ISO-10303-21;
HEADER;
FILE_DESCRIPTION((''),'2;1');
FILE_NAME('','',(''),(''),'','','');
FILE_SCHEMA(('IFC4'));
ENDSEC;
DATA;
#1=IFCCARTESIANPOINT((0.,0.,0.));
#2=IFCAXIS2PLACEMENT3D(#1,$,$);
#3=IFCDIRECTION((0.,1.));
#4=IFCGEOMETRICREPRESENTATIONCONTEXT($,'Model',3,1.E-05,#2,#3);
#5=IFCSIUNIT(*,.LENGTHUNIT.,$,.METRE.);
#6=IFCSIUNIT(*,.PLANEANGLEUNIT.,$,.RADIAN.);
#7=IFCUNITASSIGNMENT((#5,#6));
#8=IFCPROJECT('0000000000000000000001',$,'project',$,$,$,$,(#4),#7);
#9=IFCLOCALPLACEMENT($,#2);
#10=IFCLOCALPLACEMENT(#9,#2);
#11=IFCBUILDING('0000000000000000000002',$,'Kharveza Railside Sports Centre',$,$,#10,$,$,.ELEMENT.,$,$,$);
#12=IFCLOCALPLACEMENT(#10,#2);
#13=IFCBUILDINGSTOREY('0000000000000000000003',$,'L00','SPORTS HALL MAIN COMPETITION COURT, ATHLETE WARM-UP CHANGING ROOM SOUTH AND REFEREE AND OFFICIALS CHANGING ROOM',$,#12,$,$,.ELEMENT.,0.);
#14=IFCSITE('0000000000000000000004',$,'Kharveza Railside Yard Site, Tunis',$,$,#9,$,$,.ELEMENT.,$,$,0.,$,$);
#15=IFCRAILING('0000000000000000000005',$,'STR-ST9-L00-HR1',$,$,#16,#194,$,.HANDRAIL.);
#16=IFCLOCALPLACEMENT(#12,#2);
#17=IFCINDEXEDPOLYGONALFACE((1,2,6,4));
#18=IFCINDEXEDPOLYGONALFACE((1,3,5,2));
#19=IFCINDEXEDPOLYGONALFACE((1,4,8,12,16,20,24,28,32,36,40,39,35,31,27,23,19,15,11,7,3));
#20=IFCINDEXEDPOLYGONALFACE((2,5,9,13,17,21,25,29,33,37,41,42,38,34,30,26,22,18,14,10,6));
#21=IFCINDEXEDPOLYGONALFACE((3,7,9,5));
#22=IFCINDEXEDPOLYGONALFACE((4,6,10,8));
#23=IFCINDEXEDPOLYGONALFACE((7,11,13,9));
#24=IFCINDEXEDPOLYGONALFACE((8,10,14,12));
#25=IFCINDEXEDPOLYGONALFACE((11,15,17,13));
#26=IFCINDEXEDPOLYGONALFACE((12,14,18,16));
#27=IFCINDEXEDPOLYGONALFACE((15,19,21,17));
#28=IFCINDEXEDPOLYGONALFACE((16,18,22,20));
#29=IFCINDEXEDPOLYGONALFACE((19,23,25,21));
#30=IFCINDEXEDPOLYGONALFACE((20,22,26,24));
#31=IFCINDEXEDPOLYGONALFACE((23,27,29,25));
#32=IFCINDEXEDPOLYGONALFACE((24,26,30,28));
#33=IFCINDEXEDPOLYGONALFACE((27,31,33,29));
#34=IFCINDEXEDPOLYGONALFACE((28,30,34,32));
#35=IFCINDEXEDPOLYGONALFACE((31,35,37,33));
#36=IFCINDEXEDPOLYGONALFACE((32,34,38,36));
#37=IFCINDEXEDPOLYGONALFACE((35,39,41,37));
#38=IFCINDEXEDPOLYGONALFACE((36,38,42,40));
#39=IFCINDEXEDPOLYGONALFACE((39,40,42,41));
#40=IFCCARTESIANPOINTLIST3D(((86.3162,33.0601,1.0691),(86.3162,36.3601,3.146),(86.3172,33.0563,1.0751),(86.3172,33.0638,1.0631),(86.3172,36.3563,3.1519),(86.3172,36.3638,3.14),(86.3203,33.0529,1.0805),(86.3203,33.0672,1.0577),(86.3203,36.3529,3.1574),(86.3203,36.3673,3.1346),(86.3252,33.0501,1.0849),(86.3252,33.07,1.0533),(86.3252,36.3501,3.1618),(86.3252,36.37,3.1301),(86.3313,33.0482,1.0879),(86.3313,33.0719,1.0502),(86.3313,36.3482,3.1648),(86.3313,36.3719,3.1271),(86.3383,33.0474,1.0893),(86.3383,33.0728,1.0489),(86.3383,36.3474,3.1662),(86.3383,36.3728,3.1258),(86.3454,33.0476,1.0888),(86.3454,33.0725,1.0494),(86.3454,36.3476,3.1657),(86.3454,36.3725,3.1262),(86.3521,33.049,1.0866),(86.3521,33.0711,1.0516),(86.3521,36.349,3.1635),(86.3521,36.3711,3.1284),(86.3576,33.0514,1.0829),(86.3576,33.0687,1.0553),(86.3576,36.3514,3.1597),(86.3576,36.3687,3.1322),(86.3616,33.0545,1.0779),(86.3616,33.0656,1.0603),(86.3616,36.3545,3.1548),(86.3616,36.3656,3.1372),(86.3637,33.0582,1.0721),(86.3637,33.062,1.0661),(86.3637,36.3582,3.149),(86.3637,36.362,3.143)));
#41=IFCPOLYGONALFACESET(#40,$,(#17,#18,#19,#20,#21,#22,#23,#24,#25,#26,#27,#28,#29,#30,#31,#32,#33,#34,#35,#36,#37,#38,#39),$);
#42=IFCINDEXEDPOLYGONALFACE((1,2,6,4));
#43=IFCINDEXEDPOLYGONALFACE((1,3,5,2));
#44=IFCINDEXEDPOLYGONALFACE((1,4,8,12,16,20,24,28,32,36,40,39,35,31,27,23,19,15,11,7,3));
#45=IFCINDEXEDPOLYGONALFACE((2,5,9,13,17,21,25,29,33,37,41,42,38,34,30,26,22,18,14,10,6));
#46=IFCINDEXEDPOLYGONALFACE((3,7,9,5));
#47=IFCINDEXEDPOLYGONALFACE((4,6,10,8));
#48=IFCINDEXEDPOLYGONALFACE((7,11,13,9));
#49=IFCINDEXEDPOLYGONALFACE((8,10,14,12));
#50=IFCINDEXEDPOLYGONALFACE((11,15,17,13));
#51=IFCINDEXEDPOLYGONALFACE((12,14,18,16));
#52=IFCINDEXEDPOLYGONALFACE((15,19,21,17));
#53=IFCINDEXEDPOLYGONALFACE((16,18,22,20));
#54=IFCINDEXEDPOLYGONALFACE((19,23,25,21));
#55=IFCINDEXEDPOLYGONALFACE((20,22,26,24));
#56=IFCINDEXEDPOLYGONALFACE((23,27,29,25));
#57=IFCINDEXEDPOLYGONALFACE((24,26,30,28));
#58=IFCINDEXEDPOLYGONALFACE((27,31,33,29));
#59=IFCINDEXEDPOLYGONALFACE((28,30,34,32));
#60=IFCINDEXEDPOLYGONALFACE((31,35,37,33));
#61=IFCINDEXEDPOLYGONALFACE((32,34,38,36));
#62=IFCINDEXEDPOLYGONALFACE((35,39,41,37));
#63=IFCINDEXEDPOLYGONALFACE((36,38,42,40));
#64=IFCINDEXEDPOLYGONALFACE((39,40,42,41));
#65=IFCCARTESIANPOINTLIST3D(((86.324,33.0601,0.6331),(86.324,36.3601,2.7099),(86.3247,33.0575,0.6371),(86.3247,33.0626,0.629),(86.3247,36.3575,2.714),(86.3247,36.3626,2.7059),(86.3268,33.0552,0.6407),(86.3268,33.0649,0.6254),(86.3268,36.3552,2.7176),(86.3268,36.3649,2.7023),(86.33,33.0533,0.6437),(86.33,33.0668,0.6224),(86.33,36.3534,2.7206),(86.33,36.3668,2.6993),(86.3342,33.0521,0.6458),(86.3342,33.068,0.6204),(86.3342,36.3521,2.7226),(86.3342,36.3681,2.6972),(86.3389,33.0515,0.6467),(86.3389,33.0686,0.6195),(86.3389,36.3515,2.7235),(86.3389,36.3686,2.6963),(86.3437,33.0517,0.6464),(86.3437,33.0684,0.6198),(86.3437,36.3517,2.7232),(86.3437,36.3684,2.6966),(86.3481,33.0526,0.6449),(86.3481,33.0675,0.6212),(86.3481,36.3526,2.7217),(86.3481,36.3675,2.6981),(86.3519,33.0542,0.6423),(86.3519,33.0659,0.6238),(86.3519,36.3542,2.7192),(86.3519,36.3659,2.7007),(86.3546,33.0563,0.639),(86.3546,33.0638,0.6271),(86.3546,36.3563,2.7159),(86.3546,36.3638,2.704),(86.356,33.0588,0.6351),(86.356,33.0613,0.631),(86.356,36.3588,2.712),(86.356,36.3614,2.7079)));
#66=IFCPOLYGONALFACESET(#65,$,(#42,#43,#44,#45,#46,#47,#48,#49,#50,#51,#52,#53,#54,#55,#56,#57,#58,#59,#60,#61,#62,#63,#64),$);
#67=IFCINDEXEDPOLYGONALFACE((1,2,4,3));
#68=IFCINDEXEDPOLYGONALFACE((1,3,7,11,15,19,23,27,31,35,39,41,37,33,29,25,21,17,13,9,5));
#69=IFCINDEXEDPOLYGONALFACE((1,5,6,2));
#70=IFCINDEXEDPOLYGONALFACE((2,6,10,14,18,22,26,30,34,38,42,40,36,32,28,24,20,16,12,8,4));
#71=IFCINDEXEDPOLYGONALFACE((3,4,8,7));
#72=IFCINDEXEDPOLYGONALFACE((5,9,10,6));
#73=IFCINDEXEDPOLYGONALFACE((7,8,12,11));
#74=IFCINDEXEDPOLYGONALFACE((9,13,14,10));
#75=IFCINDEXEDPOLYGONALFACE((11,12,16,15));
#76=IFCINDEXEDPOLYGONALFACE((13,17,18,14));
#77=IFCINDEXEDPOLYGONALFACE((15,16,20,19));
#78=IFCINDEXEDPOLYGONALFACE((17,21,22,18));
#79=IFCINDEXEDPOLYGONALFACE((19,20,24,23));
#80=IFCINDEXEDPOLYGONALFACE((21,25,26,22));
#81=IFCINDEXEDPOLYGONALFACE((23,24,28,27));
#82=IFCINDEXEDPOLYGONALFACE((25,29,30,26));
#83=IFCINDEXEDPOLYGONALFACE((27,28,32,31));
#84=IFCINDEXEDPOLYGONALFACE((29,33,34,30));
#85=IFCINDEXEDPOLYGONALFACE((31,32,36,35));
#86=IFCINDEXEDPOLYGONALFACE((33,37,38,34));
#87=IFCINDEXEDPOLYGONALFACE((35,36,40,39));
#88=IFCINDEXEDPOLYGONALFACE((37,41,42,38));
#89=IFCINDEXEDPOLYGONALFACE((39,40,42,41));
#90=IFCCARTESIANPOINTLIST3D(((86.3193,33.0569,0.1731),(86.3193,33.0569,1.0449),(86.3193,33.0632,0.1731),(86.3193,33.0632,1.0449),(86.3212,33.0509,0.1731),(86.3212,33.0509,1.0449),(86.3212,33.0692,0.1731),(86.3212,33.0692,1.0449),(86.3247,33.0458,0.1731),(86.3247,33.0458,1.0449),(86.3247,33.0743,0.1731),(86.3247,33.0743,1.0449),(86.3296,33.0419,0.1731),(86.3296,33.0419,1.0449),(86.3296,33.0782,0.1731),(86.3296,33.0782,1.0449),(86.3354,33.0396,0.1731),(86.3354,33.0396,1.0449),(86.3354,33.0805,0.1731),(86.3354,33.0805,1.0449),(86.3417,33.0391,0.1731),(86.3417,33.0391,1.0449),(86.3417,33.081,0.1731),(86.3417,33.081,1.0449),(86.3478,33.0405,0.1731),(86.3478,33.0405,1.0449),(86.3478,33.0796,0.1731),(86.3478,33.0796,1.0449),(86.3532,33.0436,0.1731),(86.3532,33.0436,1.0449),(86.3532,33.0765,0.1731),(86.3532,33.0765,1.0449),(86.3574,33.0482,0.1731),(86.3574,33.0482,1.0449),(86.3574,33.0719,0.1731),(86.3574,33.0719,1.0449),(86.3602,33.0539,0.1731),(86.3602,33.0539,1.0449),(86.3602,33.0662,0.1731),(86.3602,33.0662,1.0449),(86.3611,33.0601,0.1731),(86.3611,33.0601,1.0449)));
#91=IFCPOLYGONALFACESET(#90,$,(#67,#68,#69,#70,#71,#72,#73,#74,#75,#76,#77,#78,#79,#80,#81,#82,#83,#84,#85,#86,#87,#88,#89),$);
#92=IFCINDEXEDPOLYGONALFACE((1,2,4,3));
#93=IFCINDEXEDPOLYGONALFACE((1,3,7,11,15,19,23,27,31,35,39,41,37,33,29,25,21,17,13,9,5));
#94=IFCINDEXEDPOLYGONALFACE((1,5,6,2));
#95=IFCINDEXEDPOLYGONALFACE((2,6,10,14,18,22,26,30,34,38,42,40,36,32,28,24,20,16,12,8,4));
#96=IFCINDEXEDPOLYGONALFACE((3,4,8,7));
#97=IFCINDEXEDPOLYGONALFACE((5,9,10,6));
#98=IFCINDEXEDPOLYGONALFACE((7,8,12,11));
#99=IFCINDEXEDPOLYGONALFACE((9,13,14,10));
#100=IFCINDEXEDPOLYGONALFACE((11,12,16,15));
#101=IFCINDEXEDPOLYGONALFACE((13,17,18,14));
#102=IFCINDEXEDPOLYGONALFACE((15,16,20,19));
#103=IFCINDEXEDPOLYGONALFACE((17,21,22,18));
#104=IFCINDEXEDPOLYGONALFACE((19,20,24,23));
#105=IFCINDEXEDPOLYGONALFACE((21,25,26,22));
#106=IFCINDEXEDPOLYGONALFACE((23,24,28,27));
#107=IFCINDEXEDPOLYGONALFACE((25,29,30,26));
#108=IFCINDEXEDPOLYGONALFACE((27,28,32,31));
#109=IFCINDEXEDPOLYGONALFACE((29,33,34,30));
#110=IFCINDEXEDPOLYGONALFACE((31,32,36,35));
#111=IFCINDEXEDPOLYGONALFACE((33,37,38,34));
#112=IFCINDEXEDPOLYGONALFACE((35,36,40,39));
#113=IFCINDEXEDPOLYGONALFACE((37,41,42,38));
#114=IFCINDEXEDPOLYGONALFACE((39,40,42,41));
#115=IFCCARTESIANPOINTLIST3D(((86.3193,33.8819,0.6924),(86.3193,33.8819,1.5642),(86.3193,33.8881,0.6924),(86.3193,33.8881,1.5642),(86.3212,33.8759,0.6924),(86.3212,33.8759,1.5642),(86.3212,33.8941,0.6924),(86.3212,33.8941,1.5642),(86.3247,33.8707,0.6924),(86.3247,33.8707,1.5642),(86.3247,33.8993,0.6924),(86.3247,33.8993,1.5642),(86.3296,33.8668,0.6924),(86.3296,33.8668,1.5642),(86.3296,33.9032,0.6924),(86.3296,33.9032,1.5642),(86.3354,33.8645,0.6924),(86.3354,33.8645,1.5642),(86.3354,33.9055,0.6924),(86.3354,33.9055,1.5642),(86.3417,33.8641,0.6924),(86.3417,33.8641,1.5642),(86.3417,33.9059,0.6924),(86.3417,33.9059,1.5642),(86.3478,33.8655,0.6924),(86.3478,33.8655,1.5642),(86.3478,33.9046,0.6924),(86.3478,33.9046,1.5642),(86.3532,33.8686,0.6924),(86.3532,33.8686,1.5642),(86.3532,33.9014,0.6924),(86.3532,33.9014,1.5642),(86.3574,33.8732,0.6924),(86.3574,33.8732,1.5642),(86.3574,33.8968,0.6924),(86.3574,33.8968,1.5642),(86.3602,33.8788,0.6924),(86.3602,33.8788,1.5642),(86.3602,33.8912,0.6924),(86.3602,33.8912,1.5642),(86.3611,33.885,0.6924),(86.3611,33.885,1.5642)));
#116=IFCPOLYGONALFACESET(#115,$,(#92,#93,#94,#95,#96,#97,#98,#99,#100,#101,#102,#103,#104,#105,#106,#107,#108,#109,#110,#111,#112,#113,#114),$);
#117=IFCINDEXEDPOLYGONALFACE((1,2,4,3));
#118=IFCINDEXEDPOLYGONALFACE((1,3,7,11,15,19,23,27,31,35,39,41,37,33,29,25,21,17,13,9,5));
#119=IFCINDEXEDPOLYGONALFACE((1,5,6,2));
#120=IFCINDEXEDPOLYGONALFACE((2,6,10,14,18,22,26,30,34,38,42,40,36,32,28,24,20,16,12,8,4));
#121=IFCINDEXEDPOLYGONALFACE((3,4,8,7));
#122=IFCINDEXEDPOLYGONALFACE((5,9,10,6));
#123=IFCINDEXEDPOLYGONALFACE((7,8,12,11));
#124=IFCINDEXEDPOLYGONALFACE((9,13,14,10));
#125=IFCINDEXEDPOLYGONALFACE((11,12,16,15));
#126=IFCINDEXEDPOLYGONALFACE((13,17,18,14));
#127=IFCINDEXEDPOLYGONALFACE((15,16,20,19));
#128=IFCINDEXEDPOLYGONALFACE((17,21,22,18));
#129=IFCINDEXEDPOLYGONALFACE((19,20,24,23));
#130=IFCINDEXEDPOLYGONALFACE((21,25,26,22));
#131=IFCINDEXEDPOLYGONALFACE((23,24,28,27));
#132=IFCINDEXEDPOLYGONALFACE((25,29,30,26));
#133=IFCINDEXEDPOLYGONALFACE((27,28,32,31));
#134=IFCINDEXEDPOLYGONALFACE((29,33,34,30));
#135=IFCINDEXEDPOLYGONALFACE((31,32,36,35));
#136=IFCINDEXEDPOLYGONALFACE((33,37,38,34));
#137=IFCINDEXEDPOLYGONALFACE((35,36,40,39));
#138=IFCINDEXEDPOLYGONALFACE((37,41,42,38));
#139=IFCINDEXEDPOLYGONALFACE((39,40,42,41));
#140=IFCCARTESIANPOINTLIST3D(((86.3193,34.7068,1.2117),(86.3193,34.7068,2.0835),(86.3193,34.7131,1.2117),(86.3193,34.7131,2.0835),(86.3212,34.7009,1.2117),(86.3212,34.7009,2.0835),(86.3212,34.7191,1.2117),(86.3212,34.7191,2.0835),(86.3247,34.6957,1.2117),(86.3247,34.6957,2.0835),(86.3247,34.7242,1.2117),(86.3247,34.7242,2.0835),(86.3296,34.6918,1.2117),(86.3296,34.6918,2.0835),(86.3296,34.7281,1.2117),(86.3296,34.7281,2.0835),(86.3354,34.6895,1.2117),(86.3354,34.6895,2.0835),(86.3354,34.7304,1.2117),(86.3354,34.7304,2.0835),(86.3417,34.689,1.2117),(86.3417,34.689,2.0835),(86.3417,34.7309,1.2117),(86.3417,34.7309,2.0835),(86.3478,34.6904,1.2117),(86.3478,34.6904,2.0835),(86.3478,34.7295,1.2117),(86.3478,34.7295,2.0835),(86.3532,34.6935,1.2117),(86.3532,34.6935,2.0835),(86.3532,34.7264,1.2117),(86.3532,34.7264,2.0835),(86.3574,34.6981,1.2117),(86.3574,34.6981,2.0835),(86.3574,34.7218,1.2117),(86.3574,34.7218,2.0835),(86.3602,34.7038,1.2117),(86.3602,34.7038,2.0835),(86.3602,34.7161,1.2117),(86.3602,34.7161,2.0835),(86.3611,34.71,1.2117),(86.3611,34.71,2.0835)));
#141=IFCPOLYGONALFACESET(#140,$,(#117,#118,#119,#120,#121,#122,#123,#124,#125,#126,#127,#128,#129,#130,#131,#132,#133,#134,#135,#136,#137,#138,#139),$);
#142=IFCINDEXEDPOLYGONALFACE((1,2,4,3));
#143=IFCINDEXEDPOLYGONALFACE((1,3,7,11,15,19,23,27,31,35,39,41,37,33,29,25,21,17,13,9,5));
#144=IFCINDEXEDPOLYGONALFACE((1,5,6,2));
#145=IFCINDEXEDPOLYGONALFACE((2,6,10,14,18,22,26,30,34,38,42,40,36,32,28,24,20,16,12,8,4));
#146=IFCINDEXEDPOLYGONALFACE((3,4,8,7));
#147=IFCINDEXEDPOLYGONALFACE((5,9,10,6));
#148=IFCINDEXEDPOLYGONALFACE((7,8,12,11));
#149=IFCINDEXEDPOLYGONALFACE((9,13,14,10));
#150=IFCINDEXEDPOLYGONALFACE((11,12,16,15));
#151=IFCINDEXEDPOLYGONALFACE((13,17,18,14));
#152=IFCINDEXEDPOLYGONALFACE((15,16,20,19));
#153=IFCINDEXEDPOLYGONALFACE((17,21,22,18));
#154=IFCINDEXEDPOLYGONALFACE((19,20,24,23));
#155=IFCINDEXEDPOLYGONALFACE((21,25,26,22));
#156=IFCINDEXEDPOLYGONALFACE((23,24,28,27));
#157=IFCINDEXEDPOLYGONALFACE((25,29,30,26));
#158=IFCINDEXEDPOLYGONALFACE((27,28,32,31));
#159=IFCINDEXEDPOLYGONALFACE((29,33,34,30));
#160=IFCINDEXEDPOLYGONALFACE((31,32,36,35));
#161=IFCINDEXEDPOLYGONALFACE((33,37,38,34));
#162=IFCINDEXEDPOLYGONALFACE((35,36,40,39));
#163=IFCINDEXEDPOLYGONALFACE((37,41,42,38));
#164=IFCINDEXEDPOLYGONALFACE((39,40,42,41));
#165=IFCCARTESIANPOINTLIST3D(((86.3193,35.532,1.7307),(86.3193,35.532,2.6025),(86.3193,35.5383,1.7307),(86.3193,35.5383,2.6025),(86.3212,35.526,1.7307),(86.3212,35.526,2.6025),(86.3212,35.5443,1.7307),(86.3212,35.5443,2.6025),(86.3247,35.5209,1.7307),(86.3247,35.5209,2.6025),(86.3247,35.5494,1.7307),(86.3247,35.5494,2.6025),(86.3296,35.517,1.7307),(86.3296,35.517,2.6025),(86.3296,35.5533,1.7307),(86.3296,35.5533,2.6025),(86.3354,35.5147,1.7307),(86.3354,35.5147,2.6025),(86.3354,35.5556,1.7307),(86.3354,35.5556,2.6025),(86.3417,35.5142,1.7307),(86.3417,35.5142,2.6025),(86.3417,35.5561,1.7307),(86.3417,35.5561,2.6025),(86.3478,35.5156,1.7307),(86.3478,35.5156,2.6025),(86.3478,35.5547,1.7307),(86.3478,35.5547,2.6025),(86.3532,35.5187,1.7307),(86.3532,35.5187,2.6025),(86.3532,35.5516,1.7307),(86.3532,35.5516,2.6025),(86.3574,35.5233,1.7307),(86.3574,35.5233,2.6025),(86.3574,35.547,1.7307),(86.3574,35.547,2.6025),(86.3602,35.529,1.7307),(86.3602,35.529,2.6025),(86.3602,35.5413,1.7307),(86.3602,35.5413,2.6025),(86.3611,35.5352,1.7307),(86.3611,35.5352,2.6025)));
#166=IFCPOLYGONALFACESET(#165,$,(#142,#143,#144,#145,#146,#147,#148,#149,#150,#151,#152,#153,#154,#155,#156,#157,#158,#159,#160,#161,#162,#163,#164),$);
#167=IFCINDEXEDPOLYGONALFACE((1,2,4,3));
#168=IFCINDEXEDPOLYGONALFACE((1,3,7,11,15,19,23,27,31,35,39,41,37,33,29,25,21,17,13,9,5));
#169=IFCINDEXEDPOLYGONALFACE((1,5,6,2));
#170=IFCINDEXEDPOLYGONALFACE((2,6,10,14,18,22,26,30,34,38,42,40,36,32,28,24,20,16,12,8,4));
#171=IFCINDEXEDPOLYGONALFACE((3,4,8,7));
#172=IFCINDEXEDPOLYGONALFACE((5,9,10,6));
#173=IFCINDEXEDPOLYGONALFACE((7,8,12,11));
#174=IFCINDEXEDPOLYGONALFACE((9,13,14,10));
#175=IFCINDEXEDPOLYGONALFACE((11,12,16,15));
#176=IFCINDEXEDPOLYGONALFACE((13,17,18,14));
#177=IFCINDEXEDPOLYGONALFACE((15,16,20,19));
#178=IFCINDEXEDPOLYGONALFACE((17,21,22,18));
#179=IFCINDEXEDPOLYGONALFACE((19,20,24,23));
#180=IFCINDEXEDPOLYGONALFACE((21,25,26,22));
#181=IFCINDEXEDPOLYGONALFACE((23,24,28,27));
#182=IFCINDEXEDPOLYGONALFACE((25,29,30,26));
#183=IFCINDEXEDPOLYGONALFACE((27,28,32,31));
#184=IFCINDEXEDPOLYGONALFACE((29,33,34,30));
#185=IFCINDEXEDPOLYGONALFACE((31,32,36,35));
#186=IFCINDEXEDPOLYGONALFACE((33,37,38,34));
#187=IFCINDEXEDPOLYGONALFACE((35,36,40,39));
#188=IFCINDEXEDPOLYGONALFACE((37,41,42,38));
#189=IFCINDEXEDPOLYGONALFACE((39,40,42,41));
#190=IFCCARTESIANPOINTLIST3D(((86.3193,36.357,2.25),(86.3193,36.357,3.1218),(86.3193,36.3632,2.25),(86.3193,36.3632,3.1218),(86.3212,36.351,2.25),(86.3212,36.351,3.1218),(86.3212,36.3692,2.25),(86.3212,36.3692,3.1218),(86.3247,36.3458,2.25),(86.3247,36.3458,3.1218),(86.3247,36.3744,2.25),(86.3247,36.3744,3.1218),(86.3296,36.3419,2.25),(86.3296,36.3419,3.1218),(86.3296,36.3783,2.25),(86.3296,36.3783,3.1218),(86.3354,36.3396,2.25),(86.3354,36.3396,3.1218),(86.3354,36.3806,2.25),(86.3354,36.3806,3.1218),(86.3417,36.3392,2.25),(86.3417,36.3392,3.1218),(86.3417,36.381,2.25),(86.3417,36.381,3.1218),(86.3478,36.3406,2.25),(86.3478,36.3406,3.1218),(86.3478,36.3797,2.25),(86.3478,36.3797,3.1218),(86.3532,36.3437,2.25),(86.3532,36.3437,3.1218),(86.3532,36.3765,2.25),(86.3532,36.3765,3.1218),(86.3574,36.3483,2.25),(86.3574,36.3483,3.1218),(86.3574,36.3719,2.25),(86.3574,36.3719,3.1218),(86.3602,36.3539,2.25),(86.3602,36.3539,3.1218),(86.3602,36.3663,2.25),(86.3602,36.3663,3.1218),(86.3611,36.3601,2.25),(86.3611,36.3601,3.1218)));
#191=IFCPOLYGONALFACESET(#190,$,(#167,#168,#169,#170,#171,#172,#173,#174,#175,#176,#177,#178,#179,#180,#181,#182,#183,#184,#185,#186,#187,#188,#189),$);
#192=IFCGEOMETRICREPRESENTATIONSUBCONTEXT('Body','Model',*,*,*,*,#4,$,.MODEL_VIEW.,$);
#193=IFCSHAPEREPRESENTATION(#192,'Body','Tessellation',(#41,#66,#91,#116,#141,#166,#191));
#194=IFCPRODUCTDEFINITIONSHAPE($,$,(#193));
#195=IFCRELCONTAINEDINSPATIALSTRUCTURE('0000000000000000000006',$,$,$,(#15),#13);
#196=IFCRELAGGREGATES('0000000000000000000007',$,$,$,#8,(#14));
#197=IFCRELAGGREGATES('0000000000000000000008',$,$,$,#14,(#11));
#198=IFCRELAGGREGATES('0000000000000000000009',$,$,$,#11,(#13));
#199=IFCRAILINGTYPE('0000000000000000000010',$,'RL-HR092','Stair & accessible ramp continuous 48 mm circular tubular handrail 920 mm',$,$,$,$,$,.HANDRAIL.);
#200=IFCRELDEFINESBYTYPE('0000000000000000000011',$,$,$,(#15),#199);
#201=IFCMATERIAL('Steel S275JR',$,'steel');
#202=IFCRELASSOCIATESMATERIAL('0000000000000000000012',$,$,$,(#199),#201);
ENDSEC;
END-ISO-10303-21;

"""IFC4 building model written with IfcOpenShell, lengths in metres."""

from ifc_helpers import new_model, si_unit, direction, frame, origin, origin_2d, place, context, subcontext, project, spatial, circle, extrude, material, type_object, element, save


model = new_model("IFC4")

# Units and contexts
model_context = context("Model", 3, precision=1e-05, world=origin(), true_north=direction((0.0, 1.0)))
body_context = subcontext(model_context, "Body", "Model", "MODEL_VIEW")
ifc_project = project(units=[si_unit("LENGTHUNIT", "METRE"), si_unit("PLANEANGLEUNIT", "RADIAN")], contexts=[model_context])

# Site, building, storey
site_placement = place(None, origin())
site = spatial("IfcSite", under=ifc_project, at=site_placement, Name="Kharveza Railside Yard Site, Tunis", CompositionType="ELEMENT", RefElevation=0.0)
building_placement = place(site_placement, origin())
building = spatial("IfcBuilding", under=site, at=building_placement, Name="Kharveza Railside Sports Centre", CompositionType="ELEMENT")
storey_placement = place(building_placement, origin())
storey = spatial("IfcBuildingStorey", under=building, at=storey_placement, Name="L00", Description="SPORTS HALL MAIN COMPETITION COURT, ATHLETE WARM-UP CHANGING ROOM SOUTH AND REFEREE AND OFFICIALS CHANGING ROOM", CompositionType="ELEMENT", Elevation=0.0)

# Railing
ifc_material_1 = material(Name="Steel S275JR", Category="steel")
railing_type_1 = type_object("IfcRailingType", Name="RL-HR092", Description="Stair & accessible ramp continuous 48 mm circular tubular handrail 920 mm", PredefinedType="HANDRAIL", material=ifc_material_1)
railing_1_placement = place(storey_placement, frame((86.3401, 33.0601, 0.1731)))
element("IfcRailing", 1, at=railing_1_placement, inside=storey, type_object=railing_type_1, Name="STR-ST9-L00-HR1", PredefinedType="HANDRAIL", context=body_context, shape_type="SweptSolid", body=[
    extrude(circle(Radius=0.0239, at=origin_2d()), frame((0.0, 0.0, 0.896), z_axis=(0.0, 0.846337, 0.532647), x_axis=(-1.0, 0.0, 0.0)), (0.0, 0.0, 1.0), 3.8992),
    extrude(circle(Radius=0.0161, at=origin_2d()), frame((0.0, 0.0, 0.46), z_axis=(0.0, 0.846337, 0.532647), x_axis=(-1.0, 0.0, 0.0)), (0.0, 0.0, 1.0), 3.8992),
    extrude(circle(Radius=0.021, at=origin_2d()), origin(), (0.0, 0.0, 1.0), 0.8718),
    extrude(circle(Radius=0.021, at=origin_2d()), frame((0.0, 0.825, 0.5193)), (0.0, 0.0, 1.0), 0.8718),
    extrude(circle(Radius=0.021, at=origin_2d()), frame((0.0, 1.6499, 1.0386)), (0.0, 0.0, 1.0), 0.8718),
    extrude(circle(Radius=0.021, at=origin_2d()), frame((0.0, 2.4751, 1.5576)), (0.0, 0.0, 1.0), 0.8718),
    extrude(circle(Radius=0.021, at=origin_2d()), frame((0.0, 3.3, 2.0769)), (0.0, 0.0, 1.0), 0.8718),
])

save(model, "model.ifc")
